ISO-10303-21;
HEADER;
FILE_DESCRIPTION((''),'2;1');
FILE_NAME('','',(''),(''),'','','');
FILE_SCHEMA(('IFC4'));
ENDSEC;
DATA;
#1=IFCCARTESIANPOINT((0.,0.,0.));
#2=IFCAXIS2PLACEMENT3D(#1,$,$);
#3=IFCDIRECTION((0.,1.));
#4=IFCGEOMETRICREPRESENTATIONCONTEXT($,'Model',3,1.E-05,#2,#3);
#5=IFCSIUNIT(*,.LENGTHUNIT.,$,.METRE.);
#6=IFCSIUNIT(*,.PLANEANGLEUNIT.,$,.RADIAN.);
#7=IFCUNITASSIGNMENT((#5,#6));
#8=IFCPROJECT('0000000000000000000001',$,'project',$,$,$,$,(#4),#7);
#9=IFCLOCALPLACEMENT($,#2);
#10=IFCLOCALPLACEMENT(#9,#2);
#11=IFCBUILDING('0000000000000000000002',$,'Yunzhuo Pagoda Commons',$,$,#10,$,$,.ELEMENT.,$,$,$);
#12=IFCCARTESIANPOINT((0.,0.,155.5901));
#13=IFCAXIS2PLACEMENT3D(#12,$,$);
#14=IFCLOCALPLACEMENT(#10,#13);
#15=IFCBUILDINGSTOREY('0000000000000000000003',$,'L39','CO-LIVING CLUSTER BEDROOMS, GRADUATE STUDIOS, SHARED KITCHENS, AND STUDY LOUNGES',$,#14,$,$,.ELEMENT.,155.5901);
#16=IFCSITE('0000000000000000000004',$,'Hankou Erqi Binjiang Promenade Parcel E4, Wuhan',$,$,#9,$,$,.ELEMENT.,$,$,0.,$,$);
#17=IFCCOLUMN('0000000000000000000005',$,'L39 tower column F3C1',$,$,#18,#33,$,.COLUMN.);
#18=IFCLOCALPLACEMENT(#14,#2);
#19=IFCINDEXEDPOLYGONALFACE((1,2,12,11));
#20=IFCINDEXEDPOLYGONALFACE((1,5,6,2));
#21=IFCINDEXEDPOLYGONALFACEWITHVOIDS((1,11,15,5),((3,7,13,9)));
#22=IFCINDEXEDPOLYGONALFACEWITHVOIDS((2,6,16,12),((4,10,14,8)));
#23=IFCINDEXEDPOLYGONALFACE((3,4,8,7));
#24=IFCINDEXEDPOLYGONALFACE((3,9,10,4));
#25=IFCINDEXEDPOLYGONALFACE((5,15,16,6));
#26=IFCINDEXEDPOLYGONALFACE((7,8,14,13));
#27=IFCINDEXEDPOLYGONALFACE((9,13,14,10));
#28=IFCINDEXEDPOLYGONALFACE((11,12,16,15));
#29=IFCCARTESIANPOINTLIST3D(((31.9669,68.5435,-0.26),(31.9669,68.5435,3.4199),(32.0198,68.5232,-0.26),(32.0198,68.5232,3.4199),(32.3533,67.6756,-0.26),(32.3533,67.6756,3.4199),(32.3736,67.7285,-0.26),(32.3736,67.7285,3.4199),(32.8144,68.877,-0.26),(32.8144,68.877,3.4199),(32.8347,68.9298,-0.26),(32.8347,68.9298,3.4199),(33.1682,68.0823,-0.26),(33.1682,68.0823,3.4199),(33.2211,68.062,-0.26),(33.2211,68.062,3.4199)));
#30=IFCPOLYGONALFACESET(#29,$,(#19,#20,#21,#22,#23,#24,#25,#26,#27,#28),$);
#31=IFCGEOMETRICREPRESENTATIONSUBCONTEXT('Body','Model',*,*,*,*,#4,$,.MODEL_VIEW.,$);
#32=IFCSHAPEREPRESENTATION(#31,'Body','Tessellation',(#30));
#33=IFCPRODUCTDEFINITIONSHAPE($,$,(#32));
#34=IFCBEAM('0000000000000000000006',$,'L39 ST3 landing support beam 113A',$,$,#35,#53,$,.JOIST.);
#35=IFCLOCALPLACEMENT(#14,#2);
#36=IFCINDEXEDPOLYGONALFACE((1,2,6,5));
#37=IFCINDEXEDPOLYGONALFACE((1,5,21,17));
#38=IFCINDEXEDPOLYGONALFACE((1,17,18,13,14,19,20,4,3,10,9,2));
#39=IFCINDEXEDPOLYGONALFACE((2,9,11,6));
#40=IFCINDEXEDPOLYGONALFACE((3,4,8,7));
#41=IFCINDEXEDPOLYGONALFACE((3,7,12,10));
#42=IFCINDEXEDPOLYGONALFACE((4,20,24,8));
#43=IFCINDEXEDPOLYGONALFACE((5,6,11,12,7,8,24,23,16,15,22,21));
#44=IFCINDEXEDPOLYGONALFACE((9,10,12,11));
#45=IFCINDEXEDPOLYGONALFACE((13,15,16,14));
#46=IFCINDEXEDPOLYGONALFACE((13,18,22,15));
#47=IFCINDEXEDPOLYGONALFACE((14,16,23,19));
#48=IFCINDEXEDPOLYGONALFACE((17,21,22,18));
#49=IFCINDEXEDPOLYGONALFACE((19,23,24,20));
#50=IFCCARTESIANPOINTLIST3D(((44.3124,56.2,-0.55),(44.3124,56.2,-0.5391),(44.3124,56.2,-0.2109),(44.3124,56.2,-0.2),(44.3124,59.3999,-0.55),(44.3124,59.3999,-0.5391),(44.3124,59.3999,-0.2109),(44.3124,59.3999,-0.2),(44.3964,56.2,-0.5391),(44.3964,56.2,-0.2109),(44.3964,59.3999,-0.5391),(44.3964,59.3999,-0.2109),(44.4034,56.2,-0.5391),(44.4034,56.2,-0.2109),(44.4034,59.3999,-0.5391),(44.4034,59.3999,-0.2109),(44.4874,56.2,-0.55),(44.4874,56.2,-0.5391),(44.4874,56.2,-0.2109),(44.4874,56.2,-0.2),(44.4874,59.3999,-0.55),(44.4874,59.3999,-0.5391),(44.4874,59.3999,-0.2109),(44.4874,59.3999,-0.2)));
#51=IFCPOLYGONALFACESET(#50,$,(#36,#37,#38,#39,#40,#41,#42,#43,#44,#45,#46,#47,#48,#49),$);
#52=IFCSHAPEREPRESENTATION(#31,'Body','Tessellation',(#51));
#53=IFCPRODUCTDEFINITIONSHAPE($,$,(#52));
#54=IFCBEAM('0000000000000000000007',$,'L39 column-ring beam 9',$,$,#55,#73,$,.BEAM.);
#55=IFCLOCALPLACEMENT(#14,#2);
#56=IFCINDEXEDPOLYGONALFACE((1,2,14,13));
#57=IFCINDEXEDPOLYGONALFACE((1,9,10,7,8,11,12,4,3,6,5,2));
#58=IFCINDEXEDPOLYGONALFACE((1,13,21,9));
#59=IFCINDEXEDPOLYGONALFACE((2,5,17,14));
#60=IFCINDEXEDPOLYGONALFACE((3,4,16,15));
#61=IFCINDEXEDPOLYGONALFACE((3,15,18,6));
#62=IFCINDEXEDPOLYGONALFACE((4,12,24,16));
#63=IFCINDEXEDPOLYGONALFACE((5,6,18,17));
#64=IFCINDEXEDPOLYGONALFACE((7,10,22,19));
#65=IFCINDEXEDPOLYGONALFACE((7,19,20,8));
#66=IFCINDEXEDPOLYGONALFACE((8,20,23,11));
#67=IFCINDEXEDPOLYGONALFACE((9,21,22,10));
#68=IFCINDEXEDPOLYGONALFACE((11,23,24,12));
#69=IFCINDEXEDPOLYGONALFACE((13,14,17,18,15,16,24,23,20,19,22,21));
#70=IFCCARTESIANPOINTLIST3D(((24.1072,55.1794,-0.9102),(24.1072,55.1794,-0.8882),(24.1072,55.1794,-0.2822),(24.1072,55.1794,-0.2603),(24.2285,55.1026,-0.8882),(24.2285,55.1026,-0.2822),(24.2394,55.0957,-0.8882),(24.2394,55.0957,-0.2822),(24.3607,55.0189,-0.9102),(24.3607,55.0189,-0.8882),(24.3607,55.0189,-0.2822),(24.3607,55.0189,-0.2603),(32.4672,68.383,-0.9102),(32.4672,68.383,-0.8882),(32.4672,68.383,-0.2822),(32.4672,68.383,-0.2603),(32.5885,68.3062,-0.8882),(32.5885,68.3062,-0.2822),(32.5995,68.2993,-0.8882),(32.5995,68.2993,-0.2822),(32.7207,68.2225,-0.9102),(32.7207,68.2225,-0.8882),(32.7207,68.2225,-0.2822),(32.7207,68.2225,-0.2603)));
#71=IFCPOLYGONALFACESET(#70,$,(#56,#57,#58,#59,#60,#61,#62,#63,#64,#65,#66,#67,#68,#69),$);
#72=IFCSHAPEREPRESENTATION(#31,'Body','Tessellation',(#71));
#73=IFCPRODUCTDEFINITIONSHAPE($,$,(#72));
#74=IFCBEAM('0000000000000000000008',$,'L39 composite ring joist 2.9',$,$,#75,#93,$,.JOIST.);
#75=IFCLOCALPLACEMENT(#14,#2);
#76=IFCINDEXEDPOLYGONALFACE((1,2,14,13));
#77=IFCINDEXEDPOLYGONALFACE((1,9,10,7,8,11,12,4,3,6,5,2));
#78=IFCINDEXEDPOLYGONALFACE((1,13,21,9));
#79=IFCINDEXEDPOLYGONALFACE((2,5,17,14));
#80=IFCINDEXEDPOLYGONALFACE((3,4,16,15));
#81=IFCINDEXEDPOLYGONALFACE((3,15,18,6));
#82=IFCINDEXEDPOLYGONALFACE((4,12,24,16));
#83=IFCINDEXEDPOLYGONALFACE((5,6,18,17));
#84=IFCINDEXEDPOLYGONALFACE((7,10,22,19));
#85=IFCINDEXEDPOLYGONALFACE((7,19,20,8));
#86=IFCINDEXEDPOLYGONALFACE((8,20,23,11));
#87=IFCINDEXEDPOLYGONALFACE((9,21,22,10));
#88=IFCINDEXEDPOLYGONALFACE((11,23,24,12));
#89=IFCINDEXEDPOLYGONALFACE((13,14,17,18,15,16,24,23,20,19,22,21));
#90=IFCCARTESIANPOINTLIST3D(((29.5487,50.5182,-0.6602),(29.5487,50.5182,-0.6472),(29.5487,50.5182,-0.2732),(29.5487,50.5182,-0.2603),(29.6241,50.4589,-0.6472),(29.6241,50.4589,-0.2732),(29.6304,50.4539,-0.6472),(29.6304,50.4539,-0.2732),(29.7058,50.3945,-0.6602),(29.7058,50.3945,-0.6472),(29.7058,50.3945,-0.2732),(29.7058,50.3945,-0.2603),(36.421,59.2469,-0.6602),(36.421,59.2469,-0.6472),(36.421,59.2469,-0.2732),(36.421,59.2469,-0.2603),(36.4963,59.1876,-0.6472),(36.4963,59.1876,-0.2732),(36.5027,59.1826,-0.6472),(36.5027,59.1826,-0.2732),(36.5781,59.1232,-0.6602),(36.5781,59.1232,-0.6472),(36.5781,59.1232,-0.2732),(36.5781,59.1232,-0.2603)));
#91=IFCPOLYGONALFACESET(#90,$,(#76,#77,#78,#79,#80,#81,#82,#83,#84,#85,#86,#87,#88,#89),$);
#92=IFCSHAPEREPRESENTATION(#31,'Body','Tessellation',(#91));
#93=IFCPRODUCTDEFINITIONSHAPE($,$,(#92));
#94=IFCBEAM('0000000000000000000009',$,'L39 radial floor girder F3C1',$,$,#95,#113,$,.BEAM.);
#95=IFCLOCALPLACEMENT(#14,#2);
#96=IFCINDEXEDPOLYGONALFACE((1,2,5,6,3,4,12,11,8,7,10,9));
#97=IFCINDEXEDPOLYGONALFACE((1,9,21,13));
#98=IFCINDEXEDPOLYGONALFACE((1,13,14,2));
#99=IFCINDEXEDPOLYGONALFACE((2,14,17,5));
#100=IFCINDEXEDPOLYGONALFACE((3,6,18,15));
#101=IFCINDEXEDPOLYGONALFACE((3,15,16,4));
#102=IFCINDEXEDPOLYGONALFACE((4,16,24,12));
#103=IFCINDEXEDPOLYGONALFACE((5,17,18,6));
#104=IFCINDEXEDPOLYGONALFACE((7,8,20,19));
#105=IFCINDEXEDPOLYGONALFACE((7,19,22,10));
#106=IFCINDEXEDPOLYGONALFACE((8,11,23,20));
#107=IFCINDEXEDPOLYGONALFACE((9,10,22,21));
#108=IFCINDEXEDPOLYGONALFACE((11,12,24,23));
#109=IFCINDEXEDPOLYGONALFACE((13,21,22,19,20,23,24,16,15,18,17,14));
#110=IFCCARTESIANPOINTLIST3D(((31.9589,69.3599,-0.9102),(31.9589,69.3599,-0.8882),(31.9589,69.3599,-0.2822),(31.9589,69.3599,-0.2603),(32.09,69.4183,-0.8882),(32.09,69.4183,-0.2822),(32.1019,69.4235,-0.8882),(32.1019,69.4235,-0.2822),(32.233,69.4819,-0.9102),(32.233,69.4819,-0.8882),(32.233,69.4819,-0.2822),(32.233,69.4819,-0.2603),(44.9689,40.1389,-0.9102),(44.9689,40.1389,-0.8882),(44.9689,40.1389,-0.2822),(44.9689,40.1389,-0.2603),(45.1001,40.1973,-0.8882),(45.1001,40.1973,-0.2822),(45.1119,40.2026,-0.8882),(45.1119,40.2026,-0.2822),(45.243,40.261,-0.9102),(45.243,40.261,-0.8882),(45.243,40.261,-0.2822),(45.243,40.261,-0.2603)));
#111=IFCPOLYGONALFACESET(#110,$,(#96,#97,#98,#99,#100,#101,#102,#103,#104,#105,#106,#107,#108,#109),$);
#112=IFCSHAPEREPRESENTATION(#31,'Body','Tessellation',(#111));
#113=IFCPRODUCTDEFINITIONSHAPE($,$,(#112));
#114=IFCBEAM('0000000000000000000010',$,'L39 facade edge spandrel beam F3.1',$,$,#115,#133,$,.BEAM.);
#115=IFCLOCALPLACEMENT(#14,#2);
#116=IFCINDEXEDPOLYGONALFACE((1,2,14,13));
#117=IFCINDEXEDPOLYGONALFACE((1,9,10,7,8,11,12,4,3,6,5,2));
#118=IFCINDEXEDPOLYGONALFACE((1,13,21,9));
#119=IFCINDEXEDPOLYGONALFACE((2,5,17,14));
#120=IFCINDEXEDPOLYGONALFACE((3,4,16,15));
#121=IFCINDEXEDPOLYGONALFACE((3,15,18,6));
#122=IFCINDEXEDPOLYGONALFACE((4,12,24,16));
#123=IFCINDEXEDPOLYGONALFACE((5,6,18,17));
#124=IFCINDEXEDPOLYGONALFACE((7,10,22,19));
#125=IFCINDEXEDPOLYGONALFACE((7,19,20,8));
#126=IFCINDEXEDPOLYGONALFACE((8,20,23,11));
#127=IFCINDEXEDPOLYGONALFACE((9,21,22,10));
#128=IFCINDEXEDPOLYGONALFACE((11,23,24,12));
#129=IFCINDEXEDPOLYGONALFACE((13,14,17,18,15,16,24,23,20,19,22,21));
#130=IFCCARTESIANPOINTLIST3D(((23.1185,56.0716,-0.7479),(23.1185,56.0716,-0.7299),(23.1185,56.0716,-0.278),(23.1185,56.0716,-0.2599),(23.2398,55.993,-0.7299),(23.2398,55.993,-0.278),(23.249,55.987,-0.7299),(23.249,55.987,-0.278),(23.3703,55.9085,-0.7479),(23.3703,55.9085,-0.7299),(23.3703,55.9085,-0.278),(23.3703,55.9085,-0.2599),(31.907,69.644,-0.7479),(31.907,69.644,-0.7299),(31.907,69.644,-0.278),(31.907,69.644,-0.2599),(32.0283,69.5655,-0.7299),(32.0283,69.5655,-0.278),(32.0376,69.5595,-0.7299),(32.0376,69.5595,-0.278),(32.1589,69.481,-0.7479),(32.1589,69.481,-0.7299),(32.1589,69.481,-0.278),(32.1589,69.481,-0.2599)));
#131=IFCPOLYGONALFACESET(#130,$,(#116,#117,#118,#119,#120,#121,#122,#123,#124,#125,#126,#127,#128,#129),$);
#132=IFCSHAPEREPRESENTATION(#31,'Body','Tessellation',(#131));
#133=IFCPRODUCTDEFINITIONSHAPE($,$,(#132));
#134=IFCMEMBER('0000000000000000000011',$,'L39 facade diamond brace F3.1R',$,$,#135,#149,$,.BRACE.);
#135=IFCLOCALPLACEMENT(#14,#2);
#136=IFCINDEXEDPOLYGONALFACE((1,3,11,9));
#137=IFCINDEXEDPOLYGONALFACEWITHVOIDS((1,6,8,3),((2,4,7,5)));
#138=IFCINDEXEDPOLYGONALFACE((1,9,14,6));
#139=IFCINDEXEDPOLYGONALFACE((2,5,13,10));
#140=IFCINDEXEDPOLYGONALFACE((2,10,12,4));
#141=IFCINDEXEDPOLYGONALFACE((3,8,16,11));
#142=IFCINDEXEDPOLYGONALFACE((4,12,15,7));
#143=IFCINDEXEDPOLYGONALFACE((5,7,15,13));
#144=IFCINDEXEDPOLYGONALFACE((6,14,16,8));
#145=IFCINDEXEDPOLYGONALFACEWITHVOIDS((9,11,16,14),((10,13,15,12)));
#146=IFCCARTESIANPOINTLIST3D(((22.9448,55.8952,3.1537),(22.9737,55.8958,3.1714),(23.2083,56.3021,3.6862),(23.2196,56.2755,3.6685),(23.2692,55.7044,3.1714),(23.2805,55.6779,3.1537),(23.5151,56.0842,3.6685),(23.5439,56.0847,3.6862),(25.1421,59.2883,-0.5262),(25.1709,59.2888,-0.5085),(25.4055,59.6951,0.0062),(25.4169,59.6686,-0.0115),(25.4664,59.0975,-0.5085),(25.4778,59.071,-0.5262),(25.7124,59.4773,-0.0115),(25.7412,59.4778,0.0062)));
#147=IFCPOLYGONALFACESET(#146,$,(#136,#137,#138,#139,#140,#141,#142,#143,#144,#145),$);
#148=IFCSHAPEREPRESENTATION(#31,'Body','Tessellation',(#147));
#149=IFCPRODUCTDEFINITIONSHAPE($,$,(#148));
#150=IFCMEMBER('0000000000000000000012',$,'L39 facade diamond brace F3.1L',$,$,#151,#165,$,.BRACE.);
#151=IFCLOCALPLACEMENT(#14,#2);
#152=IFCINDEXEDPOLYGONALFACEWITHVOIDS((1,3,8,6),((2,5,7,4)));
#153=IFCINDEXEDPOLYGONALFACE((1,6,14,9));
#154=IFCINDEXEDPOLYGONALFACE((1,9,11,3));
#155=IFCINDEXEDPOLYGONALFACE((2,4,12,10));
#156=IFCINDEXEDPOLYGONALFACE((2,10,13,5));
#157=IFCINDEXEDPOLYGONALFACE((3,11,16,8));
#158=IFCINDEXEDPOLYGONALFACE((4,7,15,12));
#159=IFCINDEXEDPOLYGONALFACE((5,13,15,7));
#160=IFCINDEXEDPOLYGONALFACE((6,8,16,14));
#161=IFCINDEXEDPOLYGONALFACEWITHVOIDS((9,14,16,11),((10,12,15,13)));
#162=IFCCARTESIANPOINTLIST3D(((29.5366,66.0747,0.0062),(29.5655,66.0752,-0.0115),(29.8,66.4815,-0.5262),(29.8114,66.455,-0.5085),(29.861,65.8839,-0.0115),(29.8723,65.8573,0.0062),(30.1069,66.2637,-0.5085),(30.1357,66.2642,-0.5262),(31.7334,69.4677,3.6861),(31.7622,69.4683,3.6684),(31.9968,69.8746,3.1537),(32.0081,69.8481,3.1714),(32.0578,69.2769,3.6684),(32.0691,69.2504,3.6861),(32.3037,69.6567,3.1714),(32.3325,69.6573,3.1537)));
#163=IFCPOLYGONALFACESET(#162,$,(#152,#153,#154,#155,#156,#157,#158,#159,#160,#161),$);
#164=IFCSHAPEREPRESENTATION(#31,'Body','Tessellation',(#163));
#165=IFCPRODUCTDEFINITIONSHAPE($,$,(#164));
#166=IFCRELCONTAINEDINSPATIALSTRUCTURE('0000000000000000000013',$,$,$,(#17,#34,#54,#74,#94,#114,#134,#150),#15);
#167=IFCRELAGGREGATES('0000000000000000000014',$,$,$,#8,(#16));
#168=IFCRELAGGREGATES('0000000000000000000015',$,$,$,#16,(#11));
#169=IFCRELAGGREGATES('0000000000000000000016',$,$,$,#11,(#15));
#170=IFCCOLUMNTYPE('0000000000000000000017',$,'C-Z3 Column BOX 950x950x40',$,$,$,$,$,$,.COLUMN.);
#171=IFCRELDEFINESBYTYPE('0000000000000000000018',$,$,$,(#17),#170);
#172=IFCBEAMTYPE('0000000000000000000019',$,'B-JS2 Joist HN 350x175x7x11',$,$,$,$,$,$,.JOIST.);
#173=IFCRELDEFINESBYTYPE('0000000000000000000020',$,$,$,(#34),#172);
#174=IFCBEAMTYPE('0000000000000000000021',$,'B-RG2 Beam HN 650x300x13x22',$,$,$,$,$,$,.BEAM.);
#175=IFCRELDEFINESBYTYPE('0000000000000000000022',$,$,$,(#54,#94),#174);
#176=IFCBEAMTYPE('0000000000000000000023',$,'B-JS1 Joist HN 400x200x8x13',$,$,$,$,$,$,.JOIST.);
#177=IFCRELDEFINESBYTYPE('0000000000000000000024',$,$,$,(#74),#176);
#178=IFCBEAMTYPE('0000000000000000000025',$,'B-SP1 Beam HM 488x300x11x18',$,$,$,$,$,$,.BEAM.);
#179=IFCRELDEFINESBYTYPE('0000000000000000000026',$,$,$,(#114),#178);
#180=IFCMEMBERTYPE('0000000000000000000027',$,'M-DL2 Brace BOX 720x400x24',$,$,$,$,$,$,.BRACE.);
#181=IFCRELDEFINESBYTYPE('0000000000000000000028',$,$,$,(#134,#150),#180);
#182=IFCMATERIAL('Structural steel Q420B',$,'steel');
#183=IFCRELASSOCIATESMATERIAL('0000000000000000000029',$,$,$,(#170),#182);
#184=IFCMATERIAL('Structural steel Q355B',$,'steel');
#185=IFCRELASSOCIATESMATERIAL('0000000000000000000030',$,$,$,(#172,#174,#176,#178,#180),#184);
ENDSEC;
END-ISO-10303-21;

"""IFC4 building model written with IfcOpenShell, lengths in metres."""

from ifc_helpers import new_model, si_unit, direction, frame, origin, origin_2d, place, context, subcontext, project, spatial, hollow_rectangle, i_section, extrude, source, transform, mapped, material, material_profile, profile_set, type_object, element, save


model = new_model("IFC4")

# Units and contexts
model_context = context("Model", 3, precision=1e-05, world=origin(), true_north=direction((0.0, 1.0)))
body_context = subcontext(model_context, "Body", "Model", "MODEL_VIEW")
ifc_project = project(units=[si_unit("LENGTHUNIT", "METRE"), si_unit("PLANEANGLEUNIT", "RADIAN")], contexts=[model_context])

# Site, building, storey
site_placement = place(None, origin())
site = spatial("IfcSite", under=ifc_project, at=site_placement, Name="Hankou Erqi Binjiang Promenade Parcel E4, Wuhan", CompositionType="ELEMENT", RefElevation=0.0)
building_placement = place(site_placement, origin())
building = spatial("IfcBuilding", under=site, at=building_placement, Name="Yunzhuo Pagoda Commons", CompositionType="ELEMENT")
storey_placement = place(building_placement, frame((0.0, 0.0, 155.5901)))
storey = spatial("IfcBuildingStorey", under=building, at=storey_placement, Name="L39", Description="CO-LIVING CLUSTER BEDROOMS, GRADUATE STUDIOS, SHARED KITCHENS, AND STUDY LOUNGES", CompositionType="ELEMENT", Elevation=155.5901)

# Column
ifc_material_1 = material(Name="Structural steel Q420B", Category="steel")
ifc_material_profile_1 = material_profile(ifc_material_1, hollow_rectangle(XDim=0.95, YDim=0.95, WallThickness=0.04, at=origin_2d()), Name="Structural steel Q420B")
ifc_profile_set_1 = profile_set([ifc_material_profile_1], Name="Structural steel Q420B")
column_type = type_object("IfcColumnType", Name="C-Z3 Column BOX 950x950x40", PredefinedType="COLUMN", material=ifc_profile_set_1)
shared_shape_1 = source(origin(), body_context, "Body", "SweptSolid", [
    extrude(hollow_rectangle(XDim=0.95, YDim=0.95, WallThickness=0.04, at=origin_2d()), origin(), (0.0, 0.0, 1.0), 3.6799),
])
column_placement = place(storey_placement, frame((32.594, 68.3027, -0.26), z_axis=(0.0, 0.0, 1.0), x_axis=(-0.913545, -0.406737, 0.0)))
element("IfcColumn", 1, at=column_placement, inside=storey, type_object=column_type, Name="L39 tower column F3C1", PredefinedType="COLUMN", context=body_context, shape_type="MappedRepresentation", body=[
    mapped(shared_shape_1, transform((0.0, 0.0, 0.0), scale=1.0)),
])

# Beams
ifc_material_2 = material(Name="Structural steel Q355B", Category="steel")
ifc_material_profile_2 = material_profile(ifc_material_2, i_section(OverallWidth=0.175, OverallDepth=0.3501, WebThickness=0.0071, FlangeThickness=0.011, at=origin_2d()), Name="Structural steel Q355B")
ifc_profile_set_2 = profile_set([ifc_material_profile_2], Name="Structural steel Q355B")
beam_type_1 = type_object("IfcBeamType", Name="B-JS2 Joist HN 350x175x7x11", PredefinedType="JOIST", material=ifc_profile_set_2)
shared_shape_2 = source(origin(), body_context, "Body", "SweptSolid", [
    extrude(i_section(OverallWidth=0.175, OverallDepth=0.3501, WebThickness=0.0071, FlangeThickness=0.011, at=origin_2d()), origin(), (0.0, 0.0, 1.0), 3.2),
])
beam_1_placement = place(storey_placement, frame((44.3999, 56.2, -0.375), z_axis=(0.0, 1.0, 0.0), x_axis=(-1.0, 0.0, 0.0)))
element("IfcBeam", 2, at=beam_1_placement, inside=storey, type_object=beam_type_1, Name="L39 ST3 landing support beam 113A", PredefinedType="JOIST", context=body_context, shape_type="MappedRepresentation", body=[
    mapped(shared_shape_2, transform((0.0, 0.0, 0.0), scale=1.0)),
])
ifc_material_profile_3 = material_profile(ifc_material_2, i_section(OverallWidth=0.3, OverallDepth=0.6499, WebThickness=0.0129, FlangeThickness=0.022, at=origin_2d()), Name="Structural steel Q355B")
ifc_profile_set_3 = profile_set([ifc_material_profile_3], Name="Structural steel Q355B")
beam_type_2 = type_object("IfcBeamType", Name="B-RG2 Beam HN 650x300x13x22", PredefinedType="BEAM", material=ifc_profile_set_3)
shared_shape_3 = source(origin(), body_context, "Body", "SweptSolid", [
    extrude(i_section(OverallWidth=0.3, OverallDepth=0.6499, WebThickness=0.0129, FlangeThickness=0.022, at=origin_2d()), origin(), (0.0, 0.0, 1.0), 15.6277),
])
beam_2_placement = place(storey_placement, frame((32.594, 68.3027, -0.5852), z_axis=(-0.534952, -0.844882, 0.0), x_axis=(0.844882, -0.534952, 0.0)))
element("IfcBeam", 3, at=beam_2_placement, inside=storey, type_object=beam_type_2, Name="L39 column-ring beam 9", PredefinedType="BEAM", context=body_context, shape_type="MappedRepresentation", body=[
    mapped(shared_shape_3, transform((0.0, 0.0, 0.0), scale=1.0)),
])
ifc_material_profile_4 = material_profile(ifc_material_2, i_section(OverallWidth=0.2, OverallDepth=0.3999, WebThickness=0.0081, FlangeThickness=0.0129, at=origin_2d()), Name="Structural steel Q355B")
ifc_profile_set_4 = profile_set([ifc_material_profile_4], Name="Structural steel Q355B")
beam_type_3 = type_object("IfcBeamType", Name="B-JS1 Joist HN 400x200x8x13", PredefinedType="JOIST", material=ifc_profile_set_4)
shared_shape_4 = source(origin(), body_context, "Body", "SweptSolid", [
    extrude(i_section(OverallWidth=0.2, OverallDepth=0.3999, WebThickness=0.0081, FlangeThickness=0.0129, at=origin_2d()), origin(), (0.0, 0.0, 1.0), 11.1094),
])
beam_3_placement = place(storey_placement, frame((36.4995, 59.1851, -0.4602), z_axis=(-0.618601, -0.785706, 0.0), x_axis=(0.785706, -0.618601, 0.0)))
element("IfcBeam", 4, at=beam_3_placement, inside=storey, type_object=beam_type_3, Name="L39 composite ring joist 2.9", PredefinedType="JOIST", context=body_context, shape_type="MappedRepresentation", body=[
    mapped(shared_shape_4, transform((0.0, 0.0, 0.0), scale=1.0)),
])
shared_shape_5 = source(origin(), body_context, "Body", "SweptSolid", [
    extrude(i_section(OverallWidth=0.3, OverallDepth=0.6499, WebThickness=0.0129, FlangeThickness=0.022, at=origin_2d()), origin(), (0.0, 0.0, 1.0), 31.9863),
])
beam_4_placement = place(storey_placement, frame((32.0959, 69.4209, -0.5852), z_axis=(0.406737, -0.913545, 0.0), x_axis=(0.913545, 0.406737, 0.0)))
element("IfcBeam", 5, at=beam_4_placement, inside=storey, type_object=beam_type_2, Name="L39 radial floor girder F3C1", PredefinedType="BEAM", context=body_context, shape_type="MappedRepresentation", body=[
    mapped(shared_shape_5, transform((0.0, 0.0, 0.0), scale=1.0)),
])
ifc_material_profile_5 = material_profile(ifc_material_2, i_section(OverallWidth=0.3, OverallDepth=0.488, WebThickness=0.011, FlangeThickness=0.0181, at=origin_2d()), Name="Structural steel Q355B")
ifc_profile_set_5 = profile_set([ifc_material_profile_5], Name="Structural steel Q355B")
beam_type_4 = type_object("IfcBeamType", Name="B-SP1 Beam HM 488x300x11x18", PredefinedType="BEAM", material=ifc_profile_set_5)
shared_shape_6 = source(origin(), body_context, "Body", "SweptSolid", [
    extrude(i_section(OverallWidth=0.3, OverallDepth=0.488, WebThickness=0.011, FlangeThickness=0.0181, at=origin_2d()), origin(), (0.0, 0.0, 1.0), 16.1694),
])
beam_5_placement = place(storey_placement, frame((32.033, 69.5625, -0.5039), z_axis=(-0.543529, -0.839391, 0.0), x_axis=(0.839391, -0.543529, 0.0)))
element("IfcBeam", 6, at=beam_5_placement, inside=storey, type_object=beam_type_4, Name="L39 facade edge spandrel beam F3.1", PredefinedType="BEAM", context=body_context, shape_type="MappedRepresentation", body=[
    mapped(shared_shape_6, transform((0.0, 0.0, 0.0), scale=1.0)),
])

# Members
ifc_material_profile_6 = material_profile(ifc_material_2, hollow_rectangle(XDim=0.3999, YDim=0.72, WallThickness=0.0239, at=origin_2d()), Name="Structural steel Q355B")
ifc_profile_set_6 = profile_set([ifc_material_profile_6], Name="Structural steel Q355B")
member_type_1 = type_object("IfcMemberType", Name="M-DL2 Brace BOX 720x400x24", PredefinedType="BRACE", material=ifc_profile_set_6)
shared_shape_7 = source(origin(), body_context, "Body", "SweptSolid", [
    extrude(hollow_rectangle(XDim=0.3999, YDim=0.72, WallThickness=0.0239, at=origin_2d()), origin(), (0.0, 0.0, 1.0), 5.4666),
])
member_1_placement = place(storey_placement, frame((25.4417, 59.3831, -0.26), z_axis=(-0.40195, -0.6207, 0.673177), x_axis=(0.839372, -0.543557, 0.0)))
element("IfcMember", 7, at=member_1_placement, inside=storey, type_object=member_type_1, Name="L39 facade diamond brace F3.1R", PredefinedType="BRACE", context=body_context, shape_type="MappedRepresentation", body=[
    mapped(shared_shape_7, transform((0.0, 0.0, 0.0), scale=1.0)),
])
shared_shape_8 = source(origin(), body_context, "Body", "SweptSolid", [
    extrude(hollow_rectangle(XDim=0.3999, YDim=0.72, WallThickness=0.0239, at=origin_2d()), origin(), (0.0, 0.0, 1.0), 5.4663),
])
member_2_placement = place(storey_placement, frame((29.8362, 66.1694, -0.26), z_axis=(0.401875, 0.620723, 0.673201), x_axis=(-0.839428, 0.543472, 0.0)))
element("IfcMember", 8, at=member_2_placement, inside=storey, type_object=member_type_1, Name="L39 facade diamond brace F3.1L", PredefinedType="BRACE", context=body_context, shape_type="MappedRepresentation", body=[
    mapped(shared_shape_8, transform((0.0, 0.0, 0.0), scale=1.0)),
])

save(model, "model.ifc")
